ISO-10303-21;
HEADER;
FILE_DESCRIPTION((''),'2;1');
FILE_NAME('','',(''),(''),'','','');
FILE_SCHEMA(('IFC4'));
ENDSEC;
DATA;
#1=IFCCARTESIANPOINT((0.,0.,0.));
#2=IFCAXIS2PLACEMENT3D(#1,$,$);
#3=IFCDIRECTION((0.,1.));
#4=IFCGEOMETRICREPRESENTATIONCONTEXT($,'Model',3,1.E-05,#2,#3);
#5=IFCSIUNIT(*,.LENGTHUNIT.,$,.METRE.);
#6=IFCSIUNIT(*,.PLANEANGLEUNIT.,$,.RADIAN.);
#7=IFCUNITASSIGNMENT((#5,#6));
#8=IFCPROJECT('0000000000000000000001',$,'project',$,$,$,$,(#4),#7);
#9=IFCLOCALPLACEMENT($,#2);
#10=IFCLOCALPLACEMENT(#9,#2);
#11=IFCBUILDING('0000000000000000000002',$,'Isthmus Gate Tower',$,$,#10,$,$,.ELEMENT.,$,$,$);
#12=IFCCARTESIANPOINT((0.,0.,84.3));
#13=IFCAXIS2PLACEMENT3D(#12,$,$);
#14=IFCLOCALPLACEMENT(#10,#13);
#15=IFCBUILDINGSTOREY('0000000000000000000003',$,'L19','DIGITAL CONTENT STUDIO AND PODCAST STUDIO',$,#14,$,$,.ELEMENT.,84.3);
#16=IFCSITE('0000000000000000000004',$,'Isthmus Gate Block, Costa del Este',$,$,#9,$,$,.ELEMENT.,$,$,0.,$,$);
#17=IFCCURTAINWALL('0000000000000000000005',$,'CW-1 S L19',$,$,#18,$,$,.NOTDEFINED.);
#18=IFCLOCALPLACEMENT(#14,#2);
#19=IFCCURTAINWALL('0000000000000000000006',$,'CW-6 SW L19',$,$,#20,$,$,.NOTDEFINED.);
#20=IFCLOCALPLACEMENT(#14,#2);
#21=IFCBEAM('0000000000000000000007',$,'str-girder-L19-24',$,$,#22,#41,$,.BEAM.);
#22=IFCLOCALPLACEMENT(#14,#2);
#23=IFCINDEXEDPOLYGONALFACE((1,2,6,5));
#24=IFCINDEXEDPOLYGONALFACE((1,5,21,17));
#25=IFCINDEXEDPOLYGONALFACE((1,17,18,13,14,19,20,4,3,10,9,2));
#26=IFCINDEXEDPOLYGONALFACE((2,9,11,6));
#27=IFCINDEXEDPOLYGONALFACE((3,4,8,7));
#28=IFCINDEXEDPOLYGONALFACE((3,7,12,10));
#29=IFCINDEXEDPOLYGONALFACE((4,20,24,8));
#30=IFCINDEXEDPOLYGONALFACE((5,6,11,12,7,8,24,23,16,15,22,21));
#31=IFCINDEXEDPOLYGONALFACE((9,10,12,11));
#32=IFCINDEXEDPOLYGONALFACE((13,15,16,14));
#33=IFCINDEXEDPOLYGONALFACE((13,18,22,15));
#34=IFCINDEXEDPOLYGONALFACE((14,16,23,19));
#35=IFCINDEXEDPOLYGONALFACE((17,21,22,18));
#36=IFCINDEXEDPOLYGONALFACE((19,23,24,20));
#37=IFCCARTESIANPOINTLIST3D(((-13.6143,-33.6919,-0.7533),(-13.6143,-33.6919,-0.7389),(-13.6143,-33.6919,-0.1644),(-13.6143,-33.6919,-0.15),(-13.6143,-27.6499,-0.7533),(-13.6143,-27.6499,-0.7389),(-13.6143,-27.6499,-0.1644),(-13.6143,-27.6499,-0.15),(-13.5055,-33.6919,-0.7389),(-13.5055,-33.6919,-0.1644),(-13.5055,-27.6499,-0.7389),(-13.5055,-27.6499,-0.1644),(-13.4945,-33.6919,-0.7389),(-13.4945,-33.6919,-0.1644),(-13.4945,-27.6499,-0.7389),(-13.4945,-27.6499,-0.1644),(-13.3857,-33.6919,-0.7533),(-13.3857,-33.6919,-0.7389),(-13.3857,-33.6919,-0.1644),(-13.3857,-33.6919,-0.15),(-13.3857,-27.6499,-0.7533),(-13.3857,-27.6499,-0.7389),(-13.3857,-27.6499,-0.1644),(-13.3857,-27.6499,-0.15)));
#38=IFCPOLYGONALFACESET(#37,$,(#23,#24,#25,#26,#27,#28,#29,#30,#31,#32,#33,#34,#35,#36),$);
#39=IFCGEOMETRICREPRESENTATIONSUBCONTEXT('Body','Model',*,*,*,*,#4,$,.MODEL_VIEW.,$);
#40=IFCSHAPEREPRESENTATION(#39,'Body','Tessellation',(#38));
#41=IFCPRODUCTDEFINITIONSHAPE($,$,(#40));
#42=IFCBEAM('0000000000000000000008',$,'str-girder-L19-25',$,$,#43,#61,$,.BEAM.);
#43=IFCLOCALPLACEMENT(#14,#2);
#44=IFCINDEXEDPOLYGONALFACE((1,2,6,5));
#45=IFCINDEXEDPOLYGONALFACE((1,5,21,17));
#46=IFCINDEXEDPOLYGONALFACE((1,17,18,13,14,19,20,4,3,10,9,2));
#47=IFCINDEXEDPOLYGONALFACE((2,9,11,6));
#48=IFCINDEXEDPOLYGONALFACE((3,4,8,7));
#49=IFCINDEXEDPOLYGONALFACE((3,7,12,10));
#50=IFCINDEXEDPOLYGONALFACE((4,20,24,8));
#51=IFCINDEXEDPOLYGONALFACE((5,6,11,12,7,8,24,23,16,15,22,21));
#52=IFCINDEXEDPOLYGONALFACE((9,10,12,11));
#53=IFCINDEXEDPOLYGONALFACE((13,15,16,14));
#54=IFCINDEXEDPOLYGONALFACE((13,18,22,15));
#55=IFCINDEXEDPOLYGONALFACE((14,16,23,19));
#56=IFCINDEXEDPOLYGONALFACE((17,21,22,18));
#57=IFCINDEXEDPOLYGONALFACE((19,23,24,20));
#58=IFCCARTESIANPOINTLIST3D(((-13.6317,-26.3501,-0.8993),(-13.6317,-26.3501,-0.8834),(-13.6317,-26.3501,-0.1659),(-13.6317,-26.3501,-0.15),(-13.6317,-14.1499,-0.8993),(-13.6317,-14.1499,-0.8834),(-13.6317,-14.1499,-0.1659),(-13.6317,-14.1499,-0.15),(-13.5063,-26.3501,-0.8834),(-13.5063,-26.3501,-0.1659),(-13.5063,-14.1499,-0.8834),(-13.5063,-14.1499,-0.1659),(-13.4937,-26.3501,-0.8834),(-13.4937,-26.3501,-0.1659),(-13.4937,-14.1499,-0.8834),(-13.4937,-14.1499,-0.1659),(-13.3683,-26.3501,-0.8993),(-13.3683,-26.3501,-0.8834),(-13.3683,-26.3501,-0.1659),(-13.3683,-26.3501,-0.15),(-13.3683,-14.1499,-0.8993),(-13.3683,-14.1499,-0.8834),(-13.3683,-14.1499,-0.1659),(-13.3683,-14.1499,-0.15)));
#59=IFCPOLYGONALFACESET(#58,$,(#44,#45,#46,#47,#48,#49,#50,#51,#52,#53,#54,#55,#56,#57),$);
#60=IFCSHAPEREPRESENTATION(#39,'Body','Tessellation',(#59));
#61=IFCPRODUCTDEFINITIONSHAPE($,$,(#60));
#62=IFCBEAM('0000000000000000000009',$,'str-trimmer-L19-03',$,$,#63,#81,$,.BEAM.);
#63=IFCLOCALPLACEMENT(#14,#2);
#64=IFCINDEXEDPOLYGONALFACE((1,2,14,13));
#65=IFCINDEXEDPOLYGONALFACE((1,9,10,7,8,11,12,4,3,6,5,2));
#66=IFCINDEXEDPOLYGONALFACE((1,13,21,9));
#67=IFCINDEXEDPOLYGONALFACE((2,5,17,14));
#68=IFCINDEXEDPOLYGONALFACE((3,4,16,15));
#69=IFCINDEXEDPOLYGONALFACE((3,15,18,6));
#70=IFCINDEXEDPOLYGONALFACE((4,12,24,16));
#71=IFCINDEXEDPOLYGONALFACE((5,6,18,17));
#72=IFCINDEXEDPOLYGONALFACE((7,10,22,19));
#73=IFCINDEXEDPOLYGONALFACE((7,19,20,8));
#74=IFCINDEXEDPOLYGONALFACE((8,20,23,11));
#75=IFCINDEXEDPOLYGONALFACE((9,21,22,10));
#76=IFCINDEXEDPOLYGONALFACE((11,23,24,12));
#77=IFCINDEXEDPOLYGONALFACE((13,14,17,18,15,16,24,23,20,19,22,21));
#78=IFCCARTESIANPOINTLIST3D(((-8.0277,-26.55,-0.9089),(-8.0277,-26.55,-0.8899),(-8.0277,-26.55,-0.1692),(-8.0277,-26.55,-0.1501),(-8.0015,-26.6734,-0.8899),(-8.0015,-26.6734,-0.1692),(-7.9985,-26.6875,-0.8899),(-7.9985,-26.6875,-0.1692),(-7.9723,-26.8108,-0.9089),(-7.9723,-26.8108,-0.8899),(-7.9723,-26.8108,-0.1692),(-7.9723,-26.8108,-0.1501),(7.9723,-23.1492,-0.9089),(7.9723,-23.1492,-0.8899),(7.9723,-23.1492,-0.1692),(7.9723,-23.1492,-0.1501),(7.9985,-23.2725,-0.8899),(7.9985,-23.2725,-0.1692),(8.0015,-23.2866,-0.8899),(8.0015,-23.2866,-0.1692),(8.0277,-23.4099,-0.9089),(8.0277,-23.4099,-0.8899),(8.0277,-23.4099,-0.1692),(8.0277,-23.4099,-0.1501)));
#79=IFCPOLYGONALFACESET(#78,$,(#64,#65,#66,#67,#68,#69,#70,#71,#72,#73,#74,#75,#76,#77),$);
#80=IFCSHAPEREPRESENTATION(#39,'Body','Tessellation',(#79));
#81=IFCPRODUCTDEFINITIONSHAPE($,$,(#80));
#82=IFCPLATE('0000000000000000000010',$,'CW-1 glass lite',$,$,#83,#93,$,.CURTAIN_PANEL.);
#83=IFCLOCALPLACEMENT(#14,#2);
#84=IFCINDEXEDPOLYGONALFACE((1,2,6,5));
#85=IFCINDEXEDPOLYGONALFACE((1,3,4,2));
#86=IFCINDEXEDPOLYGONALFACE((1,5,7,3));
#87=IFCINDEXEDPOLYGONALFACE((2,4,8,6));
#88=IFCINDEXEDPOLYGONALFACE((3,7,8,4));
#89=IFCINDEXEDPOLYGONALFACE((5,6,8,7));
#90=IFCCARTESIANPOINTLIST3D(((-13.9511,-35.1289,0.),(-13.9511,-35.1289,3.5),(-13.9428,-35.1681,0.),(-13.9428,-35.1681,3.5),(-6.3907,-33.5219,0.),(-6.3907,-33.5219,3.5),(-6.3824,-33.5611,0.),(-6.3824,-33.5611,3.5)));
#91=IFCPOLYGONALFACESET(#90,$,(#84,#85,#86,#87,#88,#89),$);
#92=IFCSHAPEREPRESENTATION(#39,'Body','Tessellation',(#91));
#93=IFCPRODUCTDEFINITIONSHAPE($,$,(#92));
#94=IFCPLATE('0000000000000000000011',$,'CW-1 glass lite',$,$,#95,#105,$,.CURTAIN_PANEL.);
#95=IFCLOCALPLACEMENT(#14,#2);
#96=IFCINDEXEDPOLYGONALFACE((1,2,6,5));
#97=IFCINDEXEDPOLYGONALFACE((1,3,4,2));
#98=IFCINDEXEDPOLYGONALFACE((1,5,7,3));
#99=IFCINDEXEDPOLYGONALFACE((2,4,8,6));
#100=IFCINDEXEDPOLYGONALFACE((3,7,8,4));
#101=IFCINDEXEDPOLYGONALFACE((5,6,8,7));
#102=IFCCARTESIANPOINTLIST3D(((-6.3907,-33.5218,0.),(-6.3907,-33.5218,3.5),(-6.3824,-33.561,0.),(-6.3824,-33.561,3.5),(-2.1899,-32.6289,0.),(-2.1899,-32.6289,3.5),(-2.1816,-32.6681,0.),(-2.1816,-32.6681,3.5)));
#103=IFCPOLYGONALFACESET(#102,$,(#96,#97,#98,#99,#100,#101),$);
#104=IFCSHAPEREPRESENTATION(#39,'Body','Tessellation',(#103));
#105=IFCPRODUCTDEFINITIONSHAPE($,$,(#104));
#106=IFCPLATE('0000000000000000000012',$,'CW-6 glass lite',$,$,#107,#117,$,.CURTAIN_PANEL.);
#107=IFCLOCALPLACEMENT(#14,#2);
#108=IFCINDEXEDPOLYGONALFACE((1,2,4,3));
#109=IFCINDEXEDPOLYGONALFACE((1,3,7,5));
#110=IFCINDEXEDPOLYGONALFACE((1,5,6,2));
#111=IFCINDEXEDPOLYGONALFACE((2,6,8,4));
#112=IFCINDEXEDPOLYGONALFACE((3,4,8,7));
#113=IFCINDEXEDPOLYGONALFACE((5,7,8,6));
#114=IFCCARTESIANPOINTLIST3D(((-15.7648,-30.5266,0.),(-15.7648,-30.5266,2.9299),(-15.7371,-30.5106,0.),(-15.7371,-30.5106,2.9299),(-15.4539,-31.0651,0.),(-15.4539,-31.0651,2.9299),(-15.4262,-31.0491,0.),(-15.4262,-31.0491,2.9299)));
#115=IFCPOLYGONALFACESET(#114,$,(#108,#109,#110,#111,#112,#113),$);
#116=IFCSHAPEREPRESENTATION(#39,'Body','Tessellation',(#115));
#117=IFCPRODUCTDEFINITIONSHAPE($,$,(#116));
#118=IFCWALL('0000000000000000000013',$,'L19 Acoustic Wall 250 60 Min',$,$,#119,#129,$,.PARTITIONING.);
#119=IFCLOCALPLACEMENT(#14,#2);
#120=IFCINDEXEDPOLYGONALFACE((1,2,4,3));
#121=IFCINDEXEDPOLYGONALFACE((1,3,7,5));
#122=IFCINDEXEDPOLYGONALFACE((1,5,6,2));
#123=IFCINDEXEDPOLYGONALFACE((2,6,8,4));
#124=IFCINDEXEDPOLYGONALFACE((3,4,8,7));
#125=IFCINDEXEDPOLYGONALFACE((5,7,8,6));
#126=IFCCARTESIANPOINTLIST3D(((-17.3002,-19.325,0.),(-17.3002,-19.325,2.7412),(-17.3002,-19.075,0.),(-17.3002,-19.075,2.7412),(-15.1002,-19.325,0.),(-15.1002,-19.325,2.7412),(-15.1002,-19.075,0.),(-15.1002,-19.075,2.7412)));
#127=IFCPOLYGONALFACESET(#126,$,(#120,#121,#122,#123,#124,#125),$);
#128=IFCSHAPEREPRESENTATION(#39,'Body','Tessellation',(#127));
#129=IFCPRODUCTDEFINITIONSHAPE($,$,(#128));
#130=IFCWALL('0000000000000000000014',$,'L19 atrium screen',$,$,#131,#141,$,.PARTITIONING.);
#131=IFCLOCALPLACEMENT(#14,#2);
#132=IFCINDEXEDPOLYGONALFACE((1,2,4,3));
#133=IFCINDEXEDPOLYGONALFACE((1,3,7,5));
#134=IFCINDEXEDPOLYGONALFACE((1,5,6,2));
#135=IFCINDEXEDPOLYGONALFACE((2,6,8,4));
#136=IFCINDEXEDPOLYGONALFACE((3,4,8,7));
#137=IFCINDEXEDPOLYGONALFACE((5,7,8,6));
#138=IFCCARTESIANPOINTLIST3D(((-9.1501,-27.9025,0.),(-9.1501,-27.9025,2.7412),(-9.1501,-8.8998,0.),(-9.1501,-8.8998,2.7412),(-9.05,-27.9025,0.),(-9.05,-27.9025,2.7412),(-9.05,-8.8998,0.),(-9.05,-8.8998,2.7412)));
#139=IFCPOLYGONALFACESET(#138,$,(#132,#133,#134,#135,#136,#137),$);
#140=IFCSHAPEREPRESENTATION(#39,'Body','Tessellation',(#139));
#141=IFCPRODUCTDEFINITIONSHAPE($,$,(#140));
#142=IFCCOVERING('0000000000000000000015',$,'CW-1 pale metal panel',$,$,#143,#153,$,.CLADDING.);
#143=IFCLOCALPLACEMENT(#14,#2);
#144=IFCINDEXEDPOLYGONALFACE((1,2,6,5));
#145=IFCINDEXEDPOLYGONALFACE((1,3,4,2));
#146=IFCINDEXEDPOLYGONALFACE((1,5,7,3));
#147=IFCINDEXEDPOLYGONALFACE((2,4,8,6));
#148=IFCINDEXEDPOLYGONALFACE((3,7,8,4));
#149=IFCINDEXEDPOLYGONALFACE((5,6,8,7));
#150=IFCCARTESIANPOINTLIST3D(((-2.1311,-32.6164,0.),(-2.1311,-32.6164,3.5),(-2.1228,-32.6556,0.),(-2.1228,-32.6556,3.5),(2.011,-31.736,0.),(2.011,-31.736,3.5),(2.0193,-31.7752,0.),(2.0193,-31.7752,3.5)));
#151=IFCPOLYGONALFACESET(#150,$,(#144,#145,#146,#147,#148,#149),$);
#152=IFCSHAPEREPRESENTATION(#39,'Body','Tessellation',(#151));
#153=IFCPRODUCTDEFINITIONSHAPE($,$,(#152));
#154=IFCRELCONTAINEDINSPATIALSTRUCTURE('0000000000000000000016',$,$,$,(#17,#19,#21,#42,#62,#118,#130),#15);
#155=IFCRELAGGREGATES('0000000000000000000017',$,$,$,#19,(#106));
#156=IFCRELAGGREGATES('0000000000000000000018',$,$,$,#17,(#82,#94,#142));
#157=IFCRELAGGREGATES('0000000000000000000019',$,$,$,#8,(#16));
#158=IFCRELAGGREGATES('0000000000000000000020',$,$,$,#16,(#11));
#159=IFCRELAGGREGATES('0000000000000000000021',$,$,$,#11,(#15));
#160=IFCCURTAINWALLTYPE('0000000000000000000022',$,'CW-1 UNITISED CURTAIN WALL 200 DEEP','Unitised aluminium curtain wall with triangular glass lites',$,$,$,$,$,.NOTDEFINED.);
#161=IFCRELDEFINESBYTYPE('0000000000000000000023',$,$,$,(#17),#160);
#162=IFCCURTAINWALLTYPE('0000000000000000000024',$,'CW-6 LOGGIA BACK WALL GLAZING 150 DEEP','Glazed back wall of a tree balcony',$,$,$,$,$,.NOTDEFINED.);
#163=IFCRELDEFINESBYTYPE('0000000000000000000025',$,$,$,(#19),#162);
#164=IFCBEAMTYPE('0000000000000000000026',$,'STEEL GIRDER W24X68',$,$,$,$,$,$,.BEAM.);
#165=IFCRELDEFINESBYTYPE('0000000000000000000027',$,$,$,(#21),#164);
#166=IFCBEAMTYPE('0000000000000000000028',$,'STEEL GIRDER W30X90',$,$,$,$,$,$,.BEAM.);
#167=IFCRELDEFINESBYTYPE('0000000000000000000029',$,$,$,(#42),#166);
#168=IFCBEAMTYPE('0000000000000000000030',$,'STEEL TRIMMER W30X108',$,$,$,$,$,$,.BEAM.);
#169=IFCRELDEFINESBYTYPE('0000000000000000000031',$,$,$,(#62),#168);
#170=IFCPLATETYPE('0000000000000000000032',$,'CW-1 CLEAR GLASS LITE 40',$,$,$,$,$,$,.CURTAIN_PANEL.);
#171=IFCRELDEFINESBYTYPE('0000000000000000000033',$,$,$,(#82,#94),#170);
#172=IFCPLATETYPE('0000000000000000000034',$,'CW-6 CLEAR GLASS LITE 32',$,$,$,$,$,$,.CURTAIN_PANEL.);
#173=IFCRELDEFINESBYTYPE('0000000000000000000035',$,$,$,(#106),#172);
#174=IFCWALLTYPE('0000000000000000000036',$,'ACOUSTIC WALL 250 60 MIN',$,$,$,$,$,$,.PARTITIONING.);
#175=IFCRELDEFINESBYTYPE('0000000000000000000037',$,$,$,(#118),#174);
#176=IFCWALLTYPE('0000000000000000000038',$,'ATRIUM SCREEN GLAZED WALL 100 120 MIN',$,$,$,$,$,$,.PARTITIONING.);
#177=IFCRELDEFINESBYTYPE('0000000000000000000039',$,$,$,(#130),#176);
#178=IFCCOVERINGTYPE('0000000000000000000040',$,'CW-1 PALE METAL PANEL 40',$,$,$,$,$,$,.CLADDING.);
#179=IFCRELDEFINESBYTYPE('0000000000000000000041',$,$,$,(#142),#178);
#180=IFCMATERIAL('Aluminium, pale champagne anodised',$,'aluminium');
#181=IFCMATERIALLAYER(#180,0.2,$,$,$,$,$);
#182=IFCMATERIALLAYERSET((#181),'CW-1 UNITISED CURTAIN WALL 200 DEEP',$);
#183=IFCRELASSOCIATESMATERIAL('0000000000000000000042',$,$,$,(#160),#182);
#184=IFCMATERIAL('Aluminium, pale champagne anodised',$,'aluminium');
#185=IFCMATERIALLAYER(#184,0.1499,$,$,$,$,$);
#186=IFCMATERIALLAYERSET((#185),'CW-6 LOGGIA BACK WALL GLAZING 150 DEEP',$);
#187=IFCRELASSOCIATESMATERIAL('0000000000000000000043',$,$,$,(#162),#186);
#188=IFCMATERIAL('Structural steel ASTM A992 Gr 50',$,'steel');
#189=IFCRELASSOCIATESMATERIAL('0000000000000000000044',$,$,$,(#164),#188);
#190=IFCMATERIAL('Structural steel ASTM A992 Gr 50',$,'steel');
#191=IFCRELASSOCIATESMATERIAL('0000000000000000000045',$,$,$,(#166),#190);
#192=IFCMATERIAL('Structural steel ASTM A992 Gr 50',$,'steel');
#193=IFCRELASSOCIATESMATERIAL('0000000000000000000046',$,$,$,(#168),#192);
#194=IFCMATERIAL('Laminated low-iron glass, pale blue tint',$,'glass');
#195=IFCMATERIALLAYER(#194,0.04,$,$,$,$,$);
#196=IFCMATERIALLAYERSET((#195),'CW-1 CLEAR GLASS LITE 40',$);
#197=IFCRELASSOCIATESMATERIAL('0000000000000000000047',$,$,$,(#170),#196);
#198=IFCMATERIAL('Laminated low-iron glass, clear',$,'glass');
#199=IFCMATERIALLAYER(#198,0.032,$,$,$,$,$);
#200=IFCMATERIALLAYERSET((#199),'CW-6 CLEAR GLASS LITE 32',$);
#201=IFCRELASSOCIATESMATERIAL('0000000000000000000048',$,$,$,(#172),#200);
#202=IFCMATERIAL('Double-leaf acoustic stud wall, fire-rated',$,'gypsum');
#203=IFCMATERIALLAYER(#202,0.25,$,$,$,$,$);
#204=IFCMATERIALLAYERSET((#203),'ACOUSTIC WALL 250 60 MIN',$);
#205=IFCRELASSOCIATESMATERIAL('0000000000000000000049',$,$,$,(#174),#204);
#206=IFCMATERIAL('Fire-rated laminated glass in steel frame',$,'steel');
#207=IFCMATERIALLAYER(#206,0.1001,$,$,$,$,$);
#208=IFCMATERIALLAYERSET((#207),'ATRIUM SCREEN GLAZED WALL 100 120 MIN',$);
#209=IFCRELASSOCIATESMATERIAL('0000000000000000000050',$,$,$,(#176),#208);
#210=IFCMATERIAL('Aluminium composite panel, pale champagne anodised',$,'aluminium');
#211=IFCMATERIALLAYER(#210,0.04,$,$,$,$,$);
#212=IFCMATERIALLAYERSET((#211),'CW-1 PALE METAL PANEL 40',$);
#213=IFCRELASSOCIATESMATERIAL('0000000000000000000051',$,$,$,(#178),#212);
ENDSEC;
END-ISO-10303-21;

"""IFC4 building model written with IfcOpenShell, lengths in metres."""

from ifc_helpers import new_model, si_unit, direction, frame, frame_2d, origin, origin_2d, place, context, subcontext, project, spatial, rectangle, i_section, extrude, material, layer, layer_set, material_profile, profile_set, type_object, element, aggregate, save


model = new_model("IFC4")

# Units and contexts
model_context = context("Model", 3, precision=1e-05, world=origin(), true_north=direction((0.0, 1.0)))
body_context = subcontext(model_context, "Body", "Model", "MODEL_VIEW")
ifc_project = project(units=[si_unit("LENGTHUNIT", "METRE"), si_unit("PLANEANGLEUNIT", "RADIAN")], contexts=[model_context])

# Site, building, storey
site_placement = place(None, origin())
site = spatial("IfcSite", under=ifc_project, at=site_placement, Name="Isthmus Gate Block, Costa del Este", CompositionType="ELEMENT", RefElevation=0.0)
building_placement = place(site_placement, origin())
building = spatial("IfcBuilding", under=site, at=building_placement, Name="Isthmus Gate Tower", CompositionType="ELEMENT")
storey_placement = place(building_placement, frame((0.0, 0.0, 84.3)))
storey = spatial("IfcBuildingStorey", under=building, at=storey_placement, Name="L19", Description="DIGITAL CONTENT STUDIO AND PODCAST STUDIO", CompositionType="ELEMENT", Elevation=84.3)

# Curtain wall
ifc_material_1 = material(Name="Aluminium, pale champagne anodised", Category="aluminium")
ifc_layer_1 = layer(ifc_material_1, 0.2)
ifc_layer_set_1 = layer_set([ifc_layer_1], Name="CW-1 UNITISED CURTAIN WALL 200 DEEP")
curtain_wall_type_1 = type_object("IfcCurtainWallType", Name="CW-1 UNITISED CURTAIN WALL 200 DEEP", Description="Unitised aluminium curtain wall with triangular glass lites", PredefinedType="NOTDEFINED", material=ifc_layer_set_1)
curtain_wall_1_placement = place(storey_placement, origin())
curtain_wall_1 = element("IfcCurtainWall", 1, at=curtain_wall_1_placement, inside=storey, type_object=curtain_wall_type_1, Name="CW-1 S L19", PredefinedType="NOTDEFINED")

# Curtain wall
ifc_material_2 = material(Name="Aluminium, pale champagne anodised", Category="aluminium")
ifc_layer_2 = layer(ifc_material_2, 0.1499)
ifc_layer_set_2 = layer_set([ifc_layer_2], Name="CW-6 LOGGIA BACK WALL GLAZING 150 DEEP")
curtain_wall_type_2 = type_object("IfcCurtainWallType", Name="CW-6 LOGGIA BACK WALL GLAZING 150 DEEP", Description="Glazed back wall of a tree balcony", PredefinedType="NOTDEFINED", material=ifc_layer_set_2)
curtain_wall_2_placement = place(storey_placement, origin())
curtain_wall_2 = element("IfcCurtainWall", 2, at=curtain_wall_2_placement, inside=storey, type_object=curtain_wall_type_2, Name="CW-6 SW L19", PredefinedType="NOTDEFINED")

# Beams
ifc_material_3 = material(Name="Structural steel ASTM A992 Gr 50", Category="steel")
ifc_material_profile_1 = material_profile(ifc_material_3, i_section(OverallWidth=0.2285, OverallDepth=0.6033, WebThickness=0.011, FlangeThickness=0.0144, at=origin_2d()), Name="W24X68")
ifc_profile_set_1 = profile_set([ifc_material_profile_1], Name="Structural steel ASTM A992 Gr 50")
beam_type_1 = type_object("IfcBeamType", Name="STEEL GIRDER W24X68", PredefinedType="BEAM", material=ifc_profile_set_1)
beam_1_placement = place(storey_placement, frame((-13.5, -33.6919, -0.4517), z_axis=(0.0, 1.0, 0.0), x_axis=(-1.0, 0.0, 0.0)))
element("IfcBeam", 3, at=beam_1_placement, inside=storey, type_object=beam_type_1, Name="str-girder-L19-24", PredefinedType="BEAM", context=body_context, shape_type="SweptSolid", body=[
    extrude(i_section(OverallWidth=0.2285, OverallDepth=0.6033, WebThickness=0.011, FlangeThickness=0.0144, at=origin_2d()), origin(), (0.0, 0.0, 1.0), 6.042),
])
ifc_material_4 = material(Name="Structural steel ASTM A992 Gr 50", Category="steel")
ifc_material_profile_2 = material_profile(ifc_material_4, i_section(OverallWidth=0.2634, OverallDepth=0.7493, WebThickness=0.0127, FlangeThickness=0.0159, at=origin_2d()), Name="W30X90")
ifc_profile_set_2 = profile_set([ifc_material_profile_2], Name="Structural steel ASTM A992 Gr 50")
beam_type_2 = type_object("IfcBeamType", Name="STEEL GIRDER W30X90", PredefinedType="BEAM", material=ifc_profile_set_2)
beam_2_placement = place(storey_placement, frame((-13.5, -26.3501, -0.5247), z_axis=(0.0, 1.0, 0.0), x_axis=(-1.0, 0.0, 0.0)))
element("IfcBeam", 4, at=beam_2_placement, inside=storey, type_object=beam_type_2, Name="str-girder-L19-25", PredefinedType="BEAM", context=body_context, shape_type="SweptSolid", body=[
    extrude(i_section(OverallWidth=0.2634, OverallDepth=0.7493, WebThickness=0.0127, FlangeThickness=0.0159, at=origin_2d()), origin(), (0.0, 0.0, 1.0), 12.2002),
])
ifc_material_5 = material(Name="Structural steel ASTM A992 Gr 50", Category="steel")
ifc_material_profile_3 = material_profile(ifc_material_5, i_section(OverallWidth=0.2666, OverallDepth=0.7588, WebThickness=0.0144, FlangeThickness=0.019, at=origin_2d()), Name="W30X108")
ifc_profile_set_3 = profile_set([ifc_material_profile_3], Name="Structural steel ASTM A992 Gr 50")
beam_type_3 = type_object("IfcBeamType", Name="STEEL TRIMMER W30X108", PredefinedType="BEAM", material=ifc_profile_set_3)
beam_3_placement = place(storey_placement, frame((-8.0, -26.6804, -0.5295), z_axis=(0.978148, 0.20791, 0.0), x_axis=(-0.20791, 0.978148, 0.0)))
element("IfcBeam", 5, at=beam_3_placement, inside=storey, type_object=beam_type_3, Name="str-trimmer-L19-03", PredefinedType="BEAM", context=body_context, shape_type="SweptSolid", body=[
    extrude(i_section(OverallWidth=0.2666, OverallDepth=0.7588, WebThickness=0.0144, FlangeThickness=0.019, at=origin_2d()), origin(), (0.0, 0.0, 1.0), 16.3574),
])

# Plates
ifc_material_6 = material(Name="Laminated low-iron glass, pale blue tint", Category="glass")
ifc_layer_3 = layer(ifc_material_6, 0.04)
ifc_layer_set_3 = layer_set([ifc_layer_3], Name="CW-1 CLEAR GLASS LITE 40")
plate_type_1 = type_object("IfcPlateType", Name="CW-1 CLEAR GLASS LITE 40", PredefinedType="CURTAIN_PANEL", material=ifc_layer_set_3)
plate_1_placement = place(storey_placement, frame((-10.1667, -34.345, 0.0), z_axis=(0.0, 0.0, 1.0), x_axis=(0.978148, 0.207912, 0.0)))
plate_1 = element("IfcPlate", 6, at=plate_1_placement, type_object=plate_type_1, Name="CW-1 glass lite", PredefinedType="CURTAIN_PANEL", context=body_context, shape_type="SweptSolid", body=[
    extrude(rectangle(XDim=7.7292, YDim=0.04, at=origin_2d()), origin(), (0.0, 0.0, 1.0), 3.5),
])
plate_2_placement = place(storey_placement, frame((-4.2861, -33.095, 0.0), z_axis=(0.0, 0.0, 1.0), x_axis=(0.978148, 0.207912, 0.0)))
plate_2 = element("IfcPlate", 7, at=plate_2_placement, type_object=plate_type_1, Name="CW-1 glass lite", PredefinedType="CURTAIN_PANEL", context=body_context, shape_type="SweptSolid", body=[
    extrude(rectangle(XDim=4.2947, YDim=0.04, at=origin_2d()), origin(), (0.0, 0.0, 1.0), 3.5),
])
ifc_material_7 = material(Name="Laminated low-iron glass, clear", Category="glass")
ifc_layer_4 = layer(ifc_material_7, 0.032)
ifc_layer_set_4 = layer_set([ifc_layer_4], Name="CW-6 CLEAR GLASS LITE 32")
plate_type_2 = type_object("IfcPlateType", Name="CW-6 CLEAR GLASS LITE 32", PredefinedType="CURTAIN_PANEL", material=ifc_layer_set_4)
plate_3_placement = place(storey_placement, frame((-15.5955, -30.7878, 0.0), z_axis=(0.0, 0.0, 1.0), x_axis=(0.5, -0.866025, 0.0)))
plate_3 = element("IfcPlate", 8, at=plate_3_placement, type_object=plate_type_2, Name="CW-6 glass lite", PredefinedType="CURTAIN_PANEL", context=body_context, shape_type="SweptSolid", body=[
    extrude(rectangle(XDim=0.6218, YDim=0.032, at=origin_2d()), origin(), (0.0, 0.0, 1.0), 2.9299),
])
aggregate(curtain_wall_2, [plate_3])

# Walls
ifc_material_8 = material(Name="Double-leaf acoustic stud wall, fire-rated", Category="gypsum")
ifc_layer_5 = layer(ifc_material_8, 0.25)
ifc_layer_set_5 = layer_set([ifc_layer_5], Name="ACOUSTIC WALL 250 60 MIN")
wall_type_1 = type_object("IfcWallType", Name="ACOUSTIC WALL 250 60 MIN", PredefinedType="PARTITIONING", material=ifc_layer_set_5)
wall_1_placement = place(storey_placement, frame((-15.1001, -19.2, 0.0), z_axis=(0.0, 0.0, 1.0), x_axis=(-1.0, 0.0, 0.0)))
element("IfcWall", 9, at=wall_1_placement, inside=storey, type_object=wall_type_1, Name="L19 Acoustic Wall 250 60 Min", PredefinedType="PARTITIONING", context=body_context, shape_type="SweptSolid", body=[
    extrude(rectangle(XDim=2.2, YDim=0.25, at=frame_2d((1.1001, 0.0))), origin(), (0.0, 0.0, 1.0), 2.7412),
])
ifc_material_9 = material(Name="Fire-rated laminated glass in steel frame", Category="steel")
ifc_layer_6 = layer(ifc_material_9, 0.1001)
ifc_layer_set_6 = layer_set([ifc_layer_6], Name="ATRIUM SCREEN GLAZED WALL 100 120 MIN")
wall_type_2 = type_object("IfcWallType", Name="ATRIUM SCREEN GLAZED WALL 100 120 MIN", PredefinedType="PARTITIONING", material=ifc_layer_set_6)
wall_2_placement = place(storey_placement, frame((-9.1001, -27.9026, 0.0), z_axis=(0.0, 0.0, 1.0), x_axis=(0.0, 1.0, 0.0)))
element("IfcWall", 10, at=wall_2_placement, inside=storey, type_object=wall_type_2, Name="L19 atrium screen", PredefinedType="PARTITIONING", context=body_context, shape_type="SweptSolid", body=[
    extrude(rectangle(XDim=19.0027, YDim=0.1001, at=frame_2d((9.5015, 0.0))), origin(), (0.0, 0.0, 1.0), 2.7412),
])

# Covering
ifc_material_10 = material(Name="Aluminium composite panel, pale champagne anodised", Category="aluminium")
ifc_layer_7 = layer(ifc_material_10, 0.04)
ifc_layer_set_7 = layer_set([ifc_layer_7], Name="CW-1 PALE METAL PANEL 40")
covering_type = type_object("IfcCoveringType", Name="CW-1 PALE METAL PANEL 40", PredefinedType="CLADDING", material=ifc_layer_set_7)
covering_placement = place(storey_placement, frame((-0.0559, -32.1958, 0.0), z_axis=(0.0, 0.0, 1.0), x_axis=(0.978148, 0.207912, 0.0)))
covering = element("IfcCovering", 11, at=covering_placement, type_object=covering_type, Name="CW-1 pale metal panel", PredefinedType="CLADDING", context=body_context, shape_type="SweptSolid", body=[
    extrude(rectangle(XDim=4.2346, YDim=0.04, at=origin_2d()), origin(), (0.0, 0.0, 1.0), 3.5),
])
aggregate(curtain_wall_1, [plate_1, plate_2, covering])

save(model, "model.ifc")
